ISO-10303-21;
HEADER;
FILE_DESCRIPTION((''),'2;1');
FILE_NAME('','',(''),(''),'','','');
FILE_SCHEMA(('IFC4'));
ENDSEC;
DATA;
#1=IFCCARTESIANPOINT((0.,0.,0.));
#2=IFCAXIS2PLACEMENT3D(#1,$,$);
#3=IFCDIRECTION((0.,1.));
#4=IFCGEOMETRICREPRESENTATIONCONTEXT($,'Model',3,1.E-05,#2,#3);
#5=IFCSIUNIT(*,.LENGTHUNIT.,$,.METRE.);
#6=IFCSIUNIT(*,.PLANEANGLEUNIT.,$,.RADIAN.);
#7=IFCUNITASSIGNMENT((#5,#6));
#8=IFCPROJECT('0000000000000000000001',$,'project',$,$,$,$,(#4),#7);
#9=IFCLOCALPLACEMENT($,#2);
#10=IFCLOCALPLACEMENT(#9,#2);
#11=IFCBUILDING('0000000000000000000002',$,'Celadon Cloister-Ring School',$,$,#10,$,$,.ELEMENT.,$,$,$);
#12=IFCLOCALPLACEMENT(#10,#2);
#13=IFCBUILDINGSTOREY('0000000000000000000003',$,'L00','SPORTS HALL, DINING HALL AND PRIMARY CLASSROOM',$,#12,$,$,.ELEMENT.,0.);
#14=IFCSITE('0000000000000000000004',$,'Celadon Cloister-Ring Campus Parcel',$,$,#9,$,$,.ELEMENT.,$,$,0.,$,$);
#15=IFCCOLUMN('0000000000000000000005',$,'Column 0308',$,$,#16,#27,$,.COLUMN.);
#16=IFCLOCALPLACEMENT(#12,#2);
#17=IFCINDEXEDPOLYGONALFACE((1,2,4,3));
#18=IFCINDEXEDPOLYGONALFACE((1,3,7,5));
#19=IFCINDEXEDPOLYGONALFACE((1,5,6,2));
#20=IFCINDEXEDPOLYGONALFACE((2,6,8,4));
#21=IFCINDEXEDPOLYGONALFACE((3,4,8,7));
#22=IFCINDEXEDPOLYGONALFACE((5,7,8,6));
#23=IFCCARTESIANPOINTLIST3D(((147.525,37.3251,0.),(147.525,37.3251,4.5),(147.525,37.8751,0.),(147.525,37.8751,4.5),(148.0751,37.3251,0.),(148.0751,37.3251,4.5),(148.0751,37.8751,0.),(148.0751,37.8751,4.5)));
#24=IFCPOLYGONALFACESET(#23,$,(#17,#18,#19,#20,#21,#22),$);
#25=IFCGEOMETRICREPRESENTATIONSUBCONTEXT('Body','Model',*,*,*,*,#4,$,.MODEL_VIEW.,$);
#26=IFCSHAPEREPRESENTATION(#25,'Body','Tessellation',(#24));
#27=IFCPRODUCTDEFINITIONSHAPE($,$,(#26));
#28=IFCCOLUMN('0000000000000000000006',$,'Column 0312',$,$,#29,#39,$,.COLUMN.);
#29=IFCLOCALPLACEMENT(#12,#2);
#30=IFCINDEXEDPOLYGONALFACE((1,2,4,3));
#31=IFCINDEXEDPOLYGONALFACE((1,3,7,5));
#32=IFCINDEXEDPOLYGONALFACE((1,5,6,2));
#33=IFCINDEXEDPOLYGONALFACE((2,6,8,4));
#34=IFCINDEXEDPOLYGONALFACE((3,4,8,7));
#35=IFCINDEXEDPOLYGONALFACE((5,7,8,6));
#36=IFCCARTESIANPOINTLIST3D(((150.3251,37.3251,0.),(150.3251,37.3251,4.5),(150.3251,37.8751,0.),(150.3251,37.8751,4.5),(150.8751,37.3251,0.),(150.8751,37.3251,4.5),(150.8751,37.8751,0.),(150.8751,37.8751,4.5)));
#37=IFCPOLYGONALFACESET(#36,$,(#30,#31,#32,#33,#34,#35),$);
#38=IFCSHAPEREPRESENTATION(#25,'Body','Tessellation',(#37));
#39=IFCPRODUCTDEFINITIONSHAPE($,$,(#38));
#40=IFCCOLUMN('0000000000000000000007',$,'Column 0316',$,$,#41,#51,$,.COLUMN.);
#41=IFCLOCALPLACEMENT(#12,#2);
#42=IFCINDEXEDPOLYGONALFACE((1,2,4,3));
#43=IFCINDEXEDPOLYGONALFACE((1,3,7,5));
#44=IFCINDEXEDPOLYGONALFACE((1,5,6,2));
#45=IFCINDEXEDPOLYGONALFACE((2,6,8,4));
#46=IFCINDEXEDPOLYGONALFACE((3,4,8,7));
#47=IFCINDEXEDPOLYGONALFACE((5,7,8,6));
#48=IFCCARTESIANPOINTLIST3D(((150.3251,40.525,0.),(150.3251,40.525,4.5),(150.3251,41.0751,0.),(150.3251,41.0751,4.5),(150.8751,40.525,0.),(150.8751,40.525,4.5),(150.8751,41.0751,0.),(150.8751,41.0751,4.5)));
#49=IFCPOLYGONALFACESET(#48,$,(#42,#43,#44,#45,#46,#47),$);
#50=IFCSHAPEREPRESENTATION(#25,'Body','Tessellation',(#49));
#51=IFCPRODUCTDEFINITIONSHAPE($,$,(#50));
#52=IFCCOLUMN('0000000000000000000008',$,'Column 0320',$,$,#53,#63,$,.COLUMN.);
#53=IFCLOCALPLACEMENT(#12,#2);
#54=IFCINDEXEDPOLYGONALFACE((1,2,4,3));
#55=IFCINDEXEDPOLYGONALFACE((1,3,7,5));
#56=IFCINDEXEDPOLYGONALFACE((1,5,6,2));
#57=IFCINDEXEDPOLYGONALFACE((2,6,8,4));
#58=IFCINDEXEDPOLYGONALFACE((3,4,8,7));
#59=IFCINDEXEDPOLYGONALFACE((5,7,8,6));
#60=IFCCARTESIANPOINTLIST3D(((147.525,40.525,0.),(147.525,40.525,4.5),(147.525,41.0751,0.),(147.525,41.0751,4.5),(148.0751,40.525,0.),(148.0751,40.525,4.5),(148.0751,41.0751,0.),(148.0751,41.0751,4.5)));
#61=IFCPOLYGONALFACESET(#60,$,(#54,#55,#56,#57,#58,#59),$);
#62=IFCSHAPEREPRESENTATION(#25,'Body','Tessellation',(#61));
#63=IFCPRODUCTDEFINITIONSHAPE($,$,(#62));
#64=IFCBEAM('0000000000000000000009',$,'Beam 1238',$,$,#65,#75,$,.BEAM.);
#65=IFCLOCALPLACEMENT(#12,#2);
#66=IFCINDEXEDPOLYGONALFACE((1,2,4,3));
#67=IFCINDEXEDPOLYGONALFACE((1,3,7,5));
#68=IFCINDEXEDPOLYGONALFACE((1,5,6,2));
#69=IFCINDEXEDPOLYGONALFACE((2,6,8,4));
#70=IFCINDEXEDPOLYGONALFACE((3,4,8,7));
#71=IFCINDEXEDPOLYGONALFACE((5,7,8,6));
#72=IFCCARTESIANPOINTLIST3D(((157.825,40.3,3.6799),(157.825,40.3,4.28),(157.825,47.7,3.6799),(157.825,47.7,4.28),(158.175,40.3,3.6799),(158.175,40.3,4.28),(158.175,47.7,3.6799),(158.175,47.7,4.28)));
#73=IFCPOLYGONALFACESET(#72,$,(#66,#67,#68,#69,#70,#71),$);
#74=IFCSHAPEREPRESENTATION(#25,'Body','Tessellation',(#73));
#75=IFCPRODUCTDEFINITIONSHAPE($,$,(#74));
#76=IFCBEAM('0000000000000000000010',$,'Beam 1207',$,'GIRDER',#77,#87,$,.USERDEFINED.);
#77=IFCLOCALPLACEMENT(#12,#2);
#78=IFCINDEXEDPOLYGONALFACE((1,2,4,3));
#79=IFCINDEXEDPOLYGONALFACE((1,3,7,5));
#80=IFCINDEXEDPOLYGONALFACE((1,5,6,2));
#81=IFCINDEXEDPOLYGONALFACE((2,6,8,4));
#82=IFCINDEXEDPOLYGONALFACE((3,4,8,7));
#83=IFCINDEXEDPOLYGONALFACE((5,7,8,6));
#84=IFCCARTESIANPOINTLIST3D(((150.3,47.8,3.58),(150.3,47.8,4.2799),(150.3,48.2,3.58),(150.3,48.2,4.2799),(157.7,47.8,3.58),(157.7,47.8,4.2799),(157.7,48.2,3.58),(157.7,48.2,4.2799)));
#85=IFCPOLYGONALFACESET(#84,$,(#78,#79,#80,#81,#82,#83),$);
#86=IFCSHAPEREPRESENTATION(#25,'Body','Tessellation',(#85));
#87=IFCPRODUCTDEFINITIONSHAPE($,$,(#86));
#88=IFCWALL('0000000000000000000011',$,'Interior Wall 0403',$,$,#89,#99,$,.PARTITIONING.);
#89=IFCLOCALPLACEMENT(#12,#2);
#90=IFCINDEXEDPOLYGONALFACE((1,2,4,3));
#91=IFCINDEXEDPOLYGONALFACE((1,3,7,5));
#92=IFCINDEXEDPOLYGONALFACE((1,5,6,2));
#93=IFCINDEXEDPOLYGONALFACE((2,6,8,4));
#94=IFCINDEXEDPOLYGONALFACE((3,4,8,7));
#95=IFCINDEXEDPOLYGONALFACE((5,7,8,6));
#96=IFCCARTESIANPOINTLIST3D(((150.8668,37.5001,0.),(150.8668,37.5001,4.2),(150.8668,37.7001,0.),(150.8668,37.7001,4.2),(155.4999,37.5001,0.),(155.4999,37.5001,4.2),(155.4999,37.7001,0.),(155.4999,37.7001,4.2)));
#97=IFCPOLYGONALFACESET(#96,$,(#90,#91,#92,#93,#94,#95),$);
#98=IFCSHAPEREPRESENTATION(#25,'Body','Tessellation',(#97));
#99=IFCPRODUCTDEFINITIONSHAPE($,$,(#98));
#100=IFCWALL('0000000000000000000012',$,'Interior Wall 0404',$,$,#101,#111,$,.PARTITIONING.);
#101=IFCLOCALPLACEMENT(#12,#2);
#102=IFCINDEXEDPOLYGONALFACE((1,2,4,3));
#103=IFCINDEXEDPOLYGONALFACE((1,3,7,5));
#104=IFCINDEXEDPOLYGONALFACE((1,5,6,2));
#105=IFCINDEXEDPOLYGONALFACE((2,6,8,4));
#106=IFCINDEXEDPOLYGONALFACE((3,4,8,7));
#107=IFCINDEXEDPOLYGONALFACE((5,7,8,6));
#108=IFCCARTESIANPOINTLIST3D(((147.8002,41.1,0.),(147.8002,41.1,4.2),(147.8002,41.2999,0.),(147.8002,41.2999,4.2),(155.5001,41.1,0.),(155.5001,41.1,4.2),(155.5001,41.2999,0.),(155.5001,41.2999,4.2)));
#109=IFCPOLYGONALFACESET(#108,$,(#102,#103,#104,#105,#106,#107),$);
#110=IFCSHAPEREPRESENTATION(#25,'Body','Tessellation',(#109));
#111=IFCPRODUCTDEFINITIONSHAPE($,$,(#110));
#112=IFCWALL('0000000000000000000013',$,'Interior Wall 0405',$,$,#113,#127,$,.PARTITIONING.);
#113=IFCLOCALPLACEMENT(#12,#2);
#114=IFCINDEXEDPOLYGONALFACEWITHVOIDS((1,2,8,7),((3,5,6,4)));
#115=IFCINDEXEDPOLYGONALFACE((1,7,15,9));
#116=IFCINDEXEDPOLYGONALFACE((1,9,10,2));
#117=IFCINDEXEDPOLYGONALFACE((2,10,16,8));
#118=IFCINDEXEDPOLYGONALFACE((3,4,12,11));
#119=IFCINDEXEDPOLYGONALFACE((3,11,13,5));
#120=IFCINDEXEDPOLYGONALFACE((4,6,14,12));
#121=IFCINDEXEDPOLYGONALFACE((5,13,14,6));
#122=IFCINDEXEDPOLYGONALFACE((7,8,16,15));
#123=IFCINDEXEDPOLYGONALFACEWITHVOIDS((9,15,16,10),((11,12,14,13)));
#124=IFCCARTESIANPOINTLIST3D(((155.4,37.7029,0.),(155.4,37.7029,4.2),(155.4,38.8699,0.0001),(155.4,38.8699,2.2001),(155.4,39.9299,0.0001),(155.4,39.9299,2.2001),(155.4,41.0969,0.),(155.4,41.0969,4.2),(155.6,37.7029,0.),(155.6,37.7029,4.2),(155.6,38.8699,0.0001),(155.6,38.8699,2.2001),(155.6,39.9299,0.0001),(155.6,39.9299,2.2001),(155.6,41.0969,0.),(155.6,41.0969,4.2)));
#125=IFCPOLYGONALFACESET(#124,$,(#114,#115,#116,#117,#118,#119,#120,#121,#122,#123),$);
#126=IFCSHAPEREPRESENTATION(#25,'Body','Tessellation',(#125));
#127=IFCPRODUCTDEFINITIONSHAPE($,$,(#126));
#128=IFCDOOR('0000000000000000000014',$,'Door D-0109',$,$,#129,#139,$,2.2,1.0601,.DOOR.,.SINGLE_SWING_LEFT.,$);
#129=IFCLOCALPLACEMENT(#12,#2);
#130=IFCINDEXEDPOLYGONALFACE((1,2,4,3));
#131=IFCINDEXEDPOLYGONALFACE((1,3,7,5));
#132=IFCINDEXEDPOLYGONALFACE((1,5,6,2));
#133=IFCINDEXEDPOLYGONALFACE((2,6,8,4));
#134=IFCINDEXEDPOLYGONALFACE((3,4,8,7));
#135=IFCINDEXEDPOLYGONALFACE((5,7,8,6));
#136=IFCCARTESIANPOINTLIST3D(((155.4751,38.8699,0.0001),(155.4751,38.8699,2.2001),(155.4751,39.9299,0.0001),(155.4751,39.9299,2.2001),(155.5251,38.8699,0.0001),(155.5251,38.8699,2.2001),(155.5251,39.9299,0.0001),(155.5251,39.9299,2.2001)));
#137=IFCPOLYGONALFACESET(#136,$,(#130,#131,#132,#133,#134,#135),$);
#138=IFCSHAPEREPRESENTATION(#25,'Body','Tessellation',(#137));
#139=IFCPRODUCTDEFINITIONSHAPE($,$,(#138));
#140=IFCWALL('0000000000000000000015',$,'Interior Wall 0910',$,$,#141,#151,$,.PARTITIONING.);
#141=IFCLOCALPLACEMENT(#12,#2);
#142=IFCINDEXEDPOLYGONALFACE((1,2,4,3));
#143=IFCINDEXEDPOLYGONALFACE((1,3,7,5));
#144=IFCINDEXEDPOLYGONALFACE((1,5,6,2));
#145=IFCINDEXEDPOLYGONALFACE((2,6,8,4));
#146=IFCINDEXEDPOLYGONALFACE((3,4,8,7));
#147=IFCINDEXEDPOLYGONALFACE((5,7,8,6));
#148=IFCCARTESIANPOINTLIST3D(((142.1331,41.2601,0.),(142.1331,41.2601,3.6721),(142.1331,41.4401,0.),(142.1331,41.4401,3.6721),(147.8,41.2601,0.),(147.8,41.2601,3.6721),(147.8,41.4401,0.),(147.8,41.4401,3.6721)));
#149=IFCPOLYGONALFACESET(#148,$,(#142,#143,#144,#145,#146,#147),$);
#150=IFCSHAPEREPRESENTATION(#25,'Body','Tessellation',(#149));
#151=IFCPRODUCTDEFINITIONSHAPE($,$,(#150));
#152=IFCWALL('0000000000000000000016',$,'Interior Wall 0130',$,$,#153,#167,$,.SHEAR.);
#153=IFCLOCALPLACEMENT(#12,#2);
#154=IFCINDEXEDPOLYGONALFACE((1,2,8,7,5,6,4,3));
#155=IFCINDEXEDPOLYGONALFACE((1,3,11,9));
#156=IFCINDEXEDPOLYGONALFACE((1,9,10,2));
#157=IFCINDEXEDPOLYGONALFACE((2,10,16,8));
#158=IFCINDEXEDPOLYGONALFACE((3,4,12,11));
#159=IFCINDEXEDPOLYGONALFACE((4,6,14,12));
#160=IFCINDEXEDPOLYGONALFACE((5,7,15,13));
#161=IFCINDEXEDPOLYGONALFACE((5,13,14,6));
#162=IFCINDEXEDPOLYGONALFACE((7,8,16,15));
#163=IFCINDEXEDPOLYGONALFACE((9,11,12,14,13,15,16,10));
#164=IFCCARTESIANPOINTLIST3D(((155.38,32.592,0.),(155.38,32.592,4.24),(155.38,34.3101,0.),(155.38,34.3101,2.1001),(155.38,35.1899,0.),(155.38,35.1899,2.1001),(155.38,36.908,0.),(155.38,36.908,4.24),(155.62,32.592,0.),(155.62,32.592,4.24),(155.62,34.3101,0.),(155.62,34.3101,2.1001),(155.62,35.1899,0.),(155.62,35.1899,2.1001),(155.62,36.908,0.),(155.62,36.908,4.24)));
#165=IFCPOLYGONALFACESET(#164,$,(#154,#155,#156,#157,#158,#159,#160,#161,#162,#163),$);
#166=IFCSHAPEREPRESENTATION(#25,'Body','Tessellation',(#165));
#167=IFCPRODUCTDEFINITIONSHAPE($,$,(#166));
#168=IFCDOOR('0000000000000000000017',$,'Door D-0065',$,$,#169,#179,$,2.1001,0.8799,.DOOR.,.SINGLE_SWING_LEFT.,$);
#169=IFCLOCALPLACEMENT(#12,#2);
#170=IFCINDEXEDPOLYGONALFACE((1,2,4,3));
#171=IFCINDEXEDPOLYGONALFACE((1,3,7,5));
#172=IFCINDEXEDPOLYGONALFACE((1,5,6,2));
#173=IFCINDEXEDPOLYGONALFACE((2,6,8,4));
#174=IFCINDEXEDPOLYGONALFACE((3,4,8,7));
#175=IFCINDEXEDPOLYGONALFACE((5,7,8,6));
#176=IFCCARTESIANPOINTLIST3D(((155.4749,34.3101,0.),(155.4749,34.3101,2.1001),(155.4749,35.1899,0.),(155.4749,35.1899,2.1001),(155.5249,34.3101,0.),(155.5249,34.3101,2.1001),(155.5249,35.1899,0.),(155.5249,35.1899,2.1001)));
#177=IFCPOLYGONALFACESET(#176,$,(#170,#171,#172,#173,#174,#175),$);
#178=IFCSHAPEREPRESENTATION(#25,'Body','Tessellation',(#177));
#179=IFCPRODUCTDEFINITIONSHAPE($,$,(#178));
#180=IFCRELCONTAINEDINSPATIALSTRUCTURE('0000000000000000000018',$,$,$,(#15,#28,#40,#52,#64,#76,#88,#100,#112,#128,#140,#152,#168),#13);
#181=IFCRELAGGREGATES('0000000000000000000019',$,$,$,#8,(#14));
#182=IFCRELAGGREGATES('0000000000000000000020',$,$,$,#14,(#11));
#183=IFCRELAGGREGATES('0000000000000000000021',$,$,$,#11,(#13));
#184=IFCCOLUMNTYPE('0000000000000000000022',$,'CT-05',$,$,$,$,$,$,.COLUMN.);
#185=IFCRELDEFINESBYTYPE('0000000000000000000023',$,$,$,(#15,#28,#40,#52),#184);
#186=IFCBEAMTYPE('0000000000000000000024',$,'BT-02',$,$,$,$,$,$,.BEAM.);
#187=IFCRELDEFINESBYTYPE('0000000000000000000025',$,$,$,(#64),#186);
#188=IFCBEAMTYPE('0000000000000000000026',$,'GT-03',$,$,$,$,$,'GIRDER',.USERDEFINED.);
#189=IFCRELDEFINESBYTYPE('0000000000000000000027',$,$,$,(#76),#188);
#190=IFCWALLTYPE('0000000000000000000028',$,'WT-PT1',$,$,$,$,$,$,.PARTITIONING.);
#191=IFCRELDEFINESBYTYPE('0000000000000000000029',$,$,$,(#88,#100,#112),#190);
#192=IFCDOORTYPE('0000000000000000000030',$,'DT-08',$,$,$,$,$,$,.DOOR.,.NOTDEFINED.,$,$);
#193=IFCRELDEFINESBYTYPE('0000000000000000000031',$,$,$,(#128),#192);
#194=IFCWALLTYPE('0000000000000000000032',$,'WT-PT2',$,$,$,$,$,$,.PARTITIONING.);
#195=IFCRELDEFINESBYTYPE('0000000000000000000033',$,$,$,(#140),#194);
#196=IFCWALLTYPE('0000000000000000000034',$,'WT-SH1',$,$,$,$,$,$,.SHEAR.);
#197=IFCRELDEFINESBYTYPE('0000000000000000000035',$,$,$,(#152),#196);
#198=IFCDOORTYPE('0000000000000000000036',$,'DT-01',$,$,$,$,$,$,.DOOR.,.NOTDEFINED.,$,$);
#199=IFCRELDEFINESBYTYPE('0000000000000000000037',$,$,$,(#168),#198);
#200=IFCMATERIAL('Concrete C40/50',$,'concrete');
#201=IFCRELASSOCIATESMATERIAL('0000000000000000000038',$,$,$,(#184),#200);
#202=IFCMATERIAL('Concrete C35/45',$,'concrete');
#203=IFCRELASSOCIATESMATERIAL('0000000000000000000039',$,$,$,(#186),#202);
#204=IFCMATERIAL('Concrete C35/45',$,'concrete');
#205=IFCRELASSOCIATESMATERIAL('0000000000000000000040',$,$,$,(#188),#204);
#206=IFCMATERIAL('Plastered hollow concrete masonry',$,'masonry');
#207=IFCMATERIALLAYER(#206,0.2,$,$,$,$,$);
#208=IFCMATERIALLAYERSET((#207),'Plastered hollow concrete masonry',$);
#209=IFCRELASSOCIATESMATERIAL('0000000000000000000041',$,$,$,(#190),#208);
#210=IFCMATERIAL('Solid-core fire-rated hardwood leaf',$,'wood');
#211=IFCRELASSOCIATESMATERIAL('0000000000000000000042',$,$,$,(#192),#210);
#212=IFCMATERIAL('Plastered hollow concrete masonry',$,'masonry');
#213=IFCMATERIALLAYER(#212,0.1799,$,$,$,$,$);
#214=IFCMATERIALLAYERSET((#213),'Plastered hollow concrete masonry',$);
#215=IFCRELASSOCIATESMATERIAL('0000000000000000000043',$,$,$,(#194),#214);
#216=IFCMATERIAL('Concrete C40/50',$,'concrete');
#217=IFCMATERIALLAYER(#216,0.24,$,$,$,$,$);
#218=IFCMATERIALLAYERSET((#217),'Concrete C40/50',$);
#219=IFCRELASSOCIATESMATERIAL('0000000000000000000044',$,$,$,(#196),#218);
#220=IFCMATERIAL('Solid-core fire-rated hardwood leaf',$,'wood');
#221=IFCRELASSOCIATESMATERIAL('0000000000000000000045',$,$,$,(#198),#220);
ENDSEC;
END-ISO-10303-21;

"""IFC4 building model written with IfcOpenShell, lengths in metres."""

from ifc_helpers import new_model, si_unit, direction, frame, frame_2d, origin, origin_2d, place, context, subcontext, project, spatial, rectangle, extrude, material, layer, layer_set, material_profile, profile_set, type_object, element, fill, save


model = new_model("IFC4")

# Units and contexts
model_context = context("Model", 3, precision=1e-05, world=origin(), true_north=direction((0.0, 1.0)))
body_context = subcontext(model_context, "Body", "Model", "MODEL_VIEW")
ifc_project = project(units=[si_unit("LENGTHUNIT", "METRE"), si_unit("PLANEANGLEUNIT", "RADIAN")], contexts=[model_context])

# Site, building, storey
site_placement = place(None, origin())
site = spatial("IfcSite", under=ifc_project, at=site_placement, Name="Celadon Cloister-Ring Campus Parcel", CompositionType="ELEMENT", RefElevation=0.0)
building_placement = place(site_placement, origin())
building = spatial("IfcBuilding", under=site, at=building_placement, Name="Celadon Cloister-Ring School", CompositionType="ELEMENT")
storey_placement = place(building_placement, origin())
storey = spatial("IfcBuildingStorey", under=building, at=storey_placement, Name="L00", Description="SPORTS HALL, DINING HALL AND PRIMARY CLASSROOM", CompositionType="ELEMENT", Elevation=0.0)

# Columns
ifc_material_1 = material(Name="Concrete C40/50", Category="concrete")
ifc_material_profile_1 = material_profile(ifc_material_1, rectangle(XDim=0.55, YDim=0.55, at=origin_2d()), Name="RC550X550")
ifc_profile_set_1 = profile_set([ifc_material_profile_1], Name="Concrete C40/50")
column_type_1 = type_object("IfcColumnType", Name="CT-05", PredefinedType="COLUMN", material=ifc_profile_set_1)
for number, where, z_axis, x_axis, name in (
    (1, (147.8, 37.6001, 0.0), (0.0, 0.0, 1.0), (1.0, 0.0, 0.0), "Column 0308"),
    (2, (150.6001, 37.6001, 0.0), (0.0, 0.0, 1.0), (1.0, 0.0, 0.0), "Column 0312"),
    (3, (150.6001, 40.8, 0.0), (0.0, 0.0, 1.0), (1.0, 0.0, 0.0), "Column 0316"),
    (4, (147.8, 40.8, 0.0), (0.0, 0.0, 1.0), (1.0, 0.0, 0.0), "Column 0320"),
):
    element("IfcColumn", number, at=place(storey_placement, frame(where, z_axis=z_axis, x_axis=x_axis)), inside=storey, type_object=column_type_1, Name=name, PredefinedType="COLUMN", context=body_context, shape_type="SweptSolid", body=[
        extrude(rectangle(XDim=0.55, YDim=0.55, at=origin_2d()), origin(), (0.0, 0.0, 1.0), 4.5),
    ])

# Beams
ifc_material_2 = material(Name="Concrete C35/45", Category="concrete")
ifc_material_profile_2 = material_profile(ifc_material_2, rectangle(XDim=0.3501, YDim=0.6001, at=origin_2d()), Name="RC350X600")
ifc_profile_set_2 = profile_set([ifc_material_profile_2], Name="Concrete C35/45")
beam_type_1 = type_object("IfcBeamType", Name="BT-02", PredefinedType="BEAM", material=ifc_profile_set_2)
beam_1_placement = place(storey_placement, frame((158.0, 40.3, 3.98), z_axis=(0.0, 1.0, 0.0), x_axis=(-1.0, 0.0, 0.0)))
element("IfcBeam", 5, at=beam_1_placement, inside=storey, type_object=beam_type_1, Name="Beam 1238", PredefinedType="BEAM", context=body_context, shape_type="SweptSolid", body=[
    extrude(rectangle(XDim=0.3501, YDim=0.6001, at=origin_2d()), origin(), (0.0, 0.0, 1.0), 7.3999),
])
ifc_material_3 = material(Name="Concrete C35/45", Category="concrete")
ifc_material_profile_3 = material_profile(ifc_material_3, rectangle(XDim=0.3999, YDim=0.7, at=origin_2d()), Name="RC400X700")
ifc_profile_set_3 = profile_set([ifc_material_profile_3], Name="Concrete C35/45")
beam_type_2 = type_object("IfcBeamType", Name="GT-03", ElementType="GIRDER", PredefinedType="USERDEFINED", material=ifc_profile_set_3)
beam_2_placement = place(storey_placement, frame((150.3, 48.0, 3.9299), z_axis=(1.0, 0.0, 0.0), x_axis=(0.0, 1.0, 0.0)))
element("IfcBeam", 6, at=beam_2_placement, inside=storey, type_object=beam_type_2, Name="Beam 1207", ObjectType="GIRDER", PredefinedType="USERDEFINED", context=body_context, shape_type="SweptSolid", body=[
    extrude(rectangle(XDim=0.3999, YDim=0.7, at=origin_2d()), origin(), (0.0, 0.0, 1.0), 7.3999),
])

# Walls
ifc_material_4 = material(Name="Plastered hollow concrete masonry", Category="masonry")
ifc_layer_1 = layer(ifc_material_4, 0.2)
ifc_layer_set_1 = layer_set([ifc_layer_1], Name="Plastered hollow concrete masonry")
wall_type_1 = type_object("IfcWallType", Name="WT-PT1", PredefinedType="PARTITIONING", material=ifc_layer_set_1)
wall_1_placement = place(storey_placement, frame((150.8669, 37.6001, 0.0), z_axis=(0.0, 0.0, 1.0), x_axis=(1.0, 0.0, 0.0)))
element("IfcWall", 7, at=wall_1_placement, inside=storey, type_object=wall_type_1, Name="Interior Wall 0403", PredefinedType="PARTITIONING", context=body_context, shape_type="SweptSolid", body=[
    extrude(rectangle(XDim=4.6331, YDim=0.2, at=frame_2d((2.3164, 0.0))), origin(), (0.0, 0.0, 1.0), 4.2),
])
wall_2_placement = place(storey_placement, frame((147.8, 41.2, 0.0), z_axis=(0.0, 0.0, 1.0), x_axis=(1.0, 0.0, 0.0)))
element("IfcWall", 8, at=wall_2_placement, inside=storey, type_object=wall_type_1, Name="Interior Wall 0404", PredefinedType="PARTITIONING", context=body_context, shape_type="SweptSolid", body=[
    extrude(rectangle(XDim=7.7, YDim=0.2, at=frame_2d((3.8501, 0.0))), origin(), (0.0, 0.0, 1.0), 4.2),
])

# Wall, opening, door
wall_3_placement = place(storey_placement, frame((155.5, 37.7029, 0.0), z_axis=(0.0, 0.0, 1.0), x_axis=(0.0, 1.0, 0.0)))
wall_3 = element("IfcWall", 9, at=wall_3_placement, inside=storey, type_object=wall_type_1, Name="Interior Wall 0405", PredefinedType="PARTITIONING", context=body_context, shape_type="SweptSolid", body=[
    extrude(rectangle(XDim=3.394, YDim=0.2, at=frame_2d((1.697, 0.0))), origin(), (0.0, 0.0, 1.0), 4.2),
])
opening_1_placement = place(wall_3_placement, frame((1.167, 0.0, 0.0)))
opening_1 = element("IfcOpeningElement", 10, at=opening_1_placement, cuts=wall_3, PredefinedType="OPENING", context=body_context, shape_type="SweptSolid", body=[
    extrude(rectangle(XDim=1.0601, YDim=2.2, at=frame_2d((0.53, 1.1001))), frame((0.0, 0.1099, 0.0), z_axis=(0.0, -1.0, 0.0), x_axis=(1.0, 0.0, 0.0)), (0.0, 0.0, 1.0), 0.22),
])
ifc_material_5 = material(Name="Solid-core fire-rated hardwood leaf", Category="wood")
door_type_1 = type_object("IfcDoorType", Name="DT-08", OperationType="NOTDEFINED", PredefinedType="DOOR", material=ifc_material_5)
door_1_placement = place(opening_1_placement, origin())
door_1 = element("IfcDoor", 11, at=door_1_placement, inside=storey, type_object=door_type_1, Name="Door D-0109", OperationType="SINGLE_SWING_LEFT", OverallHeight=2.2, OverallWidth=1.0601, PredefinedType="DOOR", context=body_context, shape_type="SweptSolid", body=[
    extrude(rectangle(XDim=1.0601, YDim=2.2, at=frame_2d((0.53, 1.1001))), frame((0.0, 0.0249, 0.0), z_axis=(0.0, -1.0, 0.0), x_axis=(1.0, 0.0, 0.0)), (0.0, 0.0, 1.0), 0.05),
])
fill(opening_1, door_1)

# Wall
ifc_material_6 = material(Name="Plastered hollow concrete masonry", Category="masonry")
ifc_layer_2 = layer(ifc_material_6, 0.1799)
ifc_layer_set_2 = layer_set([ifc_layer_2], Name="Plastered hollow concrete masonry")
wall_type_2 = type_object("IfcWallType", Name="WT-PT2", PredefinedType="PARTITIONING", material=ifc_layer_set_2)
wall_4_placement = place(storey_placement, frame((147.8, 41.3501, 0.0), z_axis=(0.0, 0.0, 1.0), x_axis=(-1.0, 0.0, 0.0)))
element("IfcWall", 12, at=wall_4_placement, inside=storey, type_object=wall_type_2, Name="Interior Wall 0910", PredefinedType="PARTITIONING", context=body_context, shape_type="SweptSolid", body=[
    extrude(rectangle(XDim=5.667, YDim=0.1799, at=frame_2d((2.8335, 0.0))), origin(), (0.0, 0.0, 1.0), 3.6721),
])

# Wall, opening, door
ifc_material_7 = material(Name="Concrete C40/50", Category="concrete")
ifc_layer_3 = layer(ifc_material_7, 0.24)
ifc_layer_set_3 = layer_set([ifc_layer_3], Name="Concrete C40/50")
wall_type_3 = type_object("IfcWallType", Name="WT-SH1", PredefinedType="SHEAR", material=ifc_layer_set_3)
wall_5_placement = place(storey_placement, frame((155.5, 36.908, 0.0), z_axis=(0.0, 0.0, 1.0), x_axis=(0.0, -1.0, 0.0)))
wall_5 = element("IfcWall", 13, at=wall_5_placement, inside=storey, type_object=wall_type_3, Name="Interior Wall 0130", PredefinedType="SHEAR", context=body_context, shape_type="SweptSolid", body=[
    extrude(rectangle(XDim=4.3159, YDim=0.24, at=frame_2d((2.158, 0.0))), origin(), (0.0, 0.0, 1.0), 4.24),
])
opening_2_placement = place(wall_5_placement, frame((1.718, 0.0, 0.0)))
opening_2 = element("IfcOpeningElement", 14, at=opening_2_placement, cuts=wall_5, PredefinedType="OPENING", context=body_context, shape_type="SweptSolid", body=[
    extrude(rectangle(XDim=0.8799, YDim=2.1001, at=frame_2d((0.4399, 1.05))), frame((0.0, 0.1299, 0.0), z_axis=(0.0, -1.0, 0.0), x_axis=(1.0, 0.0, 0.0)), (0.0, 0.0, 1.0), 0.26),
])
ifc_material_8 = material(Name="Solid-core fire-rated hardwood leaf", Category="wood")
door_type_2 = type_object("IfcDoorType", Name="DT-01", OperationType="NOTDEFINED", PredefinedType="DOOR", material=ifc_material_8)
door_2_placement = place(opening_2_placement, origin())
door_2 = element("IfcDoor", 15, at=door_2_placement, inside=storey, type_object=door_type_2, Name="Door D-0065", OperationType="SINGLE_SWING_LEFT", OverallHeight=2.1001, OverallWidth=0.8799, PredefinedType="DOOR", context=body_context, shape_type="SweptSolid", body=[
    extrude(rectangle(XDim=0.8799, YDim=2.1001, at=frame_2d((0.4399, 1.05))), frame((0.0, 0.0249, 0.0), z_axis=(0.0, -1.0, 0.0), x_axis=(1.0, 0.0, 0.0)), (0.0, 0.0, 1.0), 0.05),
])
fill(opening_2, door_2)

save(model, "model.ifc")
